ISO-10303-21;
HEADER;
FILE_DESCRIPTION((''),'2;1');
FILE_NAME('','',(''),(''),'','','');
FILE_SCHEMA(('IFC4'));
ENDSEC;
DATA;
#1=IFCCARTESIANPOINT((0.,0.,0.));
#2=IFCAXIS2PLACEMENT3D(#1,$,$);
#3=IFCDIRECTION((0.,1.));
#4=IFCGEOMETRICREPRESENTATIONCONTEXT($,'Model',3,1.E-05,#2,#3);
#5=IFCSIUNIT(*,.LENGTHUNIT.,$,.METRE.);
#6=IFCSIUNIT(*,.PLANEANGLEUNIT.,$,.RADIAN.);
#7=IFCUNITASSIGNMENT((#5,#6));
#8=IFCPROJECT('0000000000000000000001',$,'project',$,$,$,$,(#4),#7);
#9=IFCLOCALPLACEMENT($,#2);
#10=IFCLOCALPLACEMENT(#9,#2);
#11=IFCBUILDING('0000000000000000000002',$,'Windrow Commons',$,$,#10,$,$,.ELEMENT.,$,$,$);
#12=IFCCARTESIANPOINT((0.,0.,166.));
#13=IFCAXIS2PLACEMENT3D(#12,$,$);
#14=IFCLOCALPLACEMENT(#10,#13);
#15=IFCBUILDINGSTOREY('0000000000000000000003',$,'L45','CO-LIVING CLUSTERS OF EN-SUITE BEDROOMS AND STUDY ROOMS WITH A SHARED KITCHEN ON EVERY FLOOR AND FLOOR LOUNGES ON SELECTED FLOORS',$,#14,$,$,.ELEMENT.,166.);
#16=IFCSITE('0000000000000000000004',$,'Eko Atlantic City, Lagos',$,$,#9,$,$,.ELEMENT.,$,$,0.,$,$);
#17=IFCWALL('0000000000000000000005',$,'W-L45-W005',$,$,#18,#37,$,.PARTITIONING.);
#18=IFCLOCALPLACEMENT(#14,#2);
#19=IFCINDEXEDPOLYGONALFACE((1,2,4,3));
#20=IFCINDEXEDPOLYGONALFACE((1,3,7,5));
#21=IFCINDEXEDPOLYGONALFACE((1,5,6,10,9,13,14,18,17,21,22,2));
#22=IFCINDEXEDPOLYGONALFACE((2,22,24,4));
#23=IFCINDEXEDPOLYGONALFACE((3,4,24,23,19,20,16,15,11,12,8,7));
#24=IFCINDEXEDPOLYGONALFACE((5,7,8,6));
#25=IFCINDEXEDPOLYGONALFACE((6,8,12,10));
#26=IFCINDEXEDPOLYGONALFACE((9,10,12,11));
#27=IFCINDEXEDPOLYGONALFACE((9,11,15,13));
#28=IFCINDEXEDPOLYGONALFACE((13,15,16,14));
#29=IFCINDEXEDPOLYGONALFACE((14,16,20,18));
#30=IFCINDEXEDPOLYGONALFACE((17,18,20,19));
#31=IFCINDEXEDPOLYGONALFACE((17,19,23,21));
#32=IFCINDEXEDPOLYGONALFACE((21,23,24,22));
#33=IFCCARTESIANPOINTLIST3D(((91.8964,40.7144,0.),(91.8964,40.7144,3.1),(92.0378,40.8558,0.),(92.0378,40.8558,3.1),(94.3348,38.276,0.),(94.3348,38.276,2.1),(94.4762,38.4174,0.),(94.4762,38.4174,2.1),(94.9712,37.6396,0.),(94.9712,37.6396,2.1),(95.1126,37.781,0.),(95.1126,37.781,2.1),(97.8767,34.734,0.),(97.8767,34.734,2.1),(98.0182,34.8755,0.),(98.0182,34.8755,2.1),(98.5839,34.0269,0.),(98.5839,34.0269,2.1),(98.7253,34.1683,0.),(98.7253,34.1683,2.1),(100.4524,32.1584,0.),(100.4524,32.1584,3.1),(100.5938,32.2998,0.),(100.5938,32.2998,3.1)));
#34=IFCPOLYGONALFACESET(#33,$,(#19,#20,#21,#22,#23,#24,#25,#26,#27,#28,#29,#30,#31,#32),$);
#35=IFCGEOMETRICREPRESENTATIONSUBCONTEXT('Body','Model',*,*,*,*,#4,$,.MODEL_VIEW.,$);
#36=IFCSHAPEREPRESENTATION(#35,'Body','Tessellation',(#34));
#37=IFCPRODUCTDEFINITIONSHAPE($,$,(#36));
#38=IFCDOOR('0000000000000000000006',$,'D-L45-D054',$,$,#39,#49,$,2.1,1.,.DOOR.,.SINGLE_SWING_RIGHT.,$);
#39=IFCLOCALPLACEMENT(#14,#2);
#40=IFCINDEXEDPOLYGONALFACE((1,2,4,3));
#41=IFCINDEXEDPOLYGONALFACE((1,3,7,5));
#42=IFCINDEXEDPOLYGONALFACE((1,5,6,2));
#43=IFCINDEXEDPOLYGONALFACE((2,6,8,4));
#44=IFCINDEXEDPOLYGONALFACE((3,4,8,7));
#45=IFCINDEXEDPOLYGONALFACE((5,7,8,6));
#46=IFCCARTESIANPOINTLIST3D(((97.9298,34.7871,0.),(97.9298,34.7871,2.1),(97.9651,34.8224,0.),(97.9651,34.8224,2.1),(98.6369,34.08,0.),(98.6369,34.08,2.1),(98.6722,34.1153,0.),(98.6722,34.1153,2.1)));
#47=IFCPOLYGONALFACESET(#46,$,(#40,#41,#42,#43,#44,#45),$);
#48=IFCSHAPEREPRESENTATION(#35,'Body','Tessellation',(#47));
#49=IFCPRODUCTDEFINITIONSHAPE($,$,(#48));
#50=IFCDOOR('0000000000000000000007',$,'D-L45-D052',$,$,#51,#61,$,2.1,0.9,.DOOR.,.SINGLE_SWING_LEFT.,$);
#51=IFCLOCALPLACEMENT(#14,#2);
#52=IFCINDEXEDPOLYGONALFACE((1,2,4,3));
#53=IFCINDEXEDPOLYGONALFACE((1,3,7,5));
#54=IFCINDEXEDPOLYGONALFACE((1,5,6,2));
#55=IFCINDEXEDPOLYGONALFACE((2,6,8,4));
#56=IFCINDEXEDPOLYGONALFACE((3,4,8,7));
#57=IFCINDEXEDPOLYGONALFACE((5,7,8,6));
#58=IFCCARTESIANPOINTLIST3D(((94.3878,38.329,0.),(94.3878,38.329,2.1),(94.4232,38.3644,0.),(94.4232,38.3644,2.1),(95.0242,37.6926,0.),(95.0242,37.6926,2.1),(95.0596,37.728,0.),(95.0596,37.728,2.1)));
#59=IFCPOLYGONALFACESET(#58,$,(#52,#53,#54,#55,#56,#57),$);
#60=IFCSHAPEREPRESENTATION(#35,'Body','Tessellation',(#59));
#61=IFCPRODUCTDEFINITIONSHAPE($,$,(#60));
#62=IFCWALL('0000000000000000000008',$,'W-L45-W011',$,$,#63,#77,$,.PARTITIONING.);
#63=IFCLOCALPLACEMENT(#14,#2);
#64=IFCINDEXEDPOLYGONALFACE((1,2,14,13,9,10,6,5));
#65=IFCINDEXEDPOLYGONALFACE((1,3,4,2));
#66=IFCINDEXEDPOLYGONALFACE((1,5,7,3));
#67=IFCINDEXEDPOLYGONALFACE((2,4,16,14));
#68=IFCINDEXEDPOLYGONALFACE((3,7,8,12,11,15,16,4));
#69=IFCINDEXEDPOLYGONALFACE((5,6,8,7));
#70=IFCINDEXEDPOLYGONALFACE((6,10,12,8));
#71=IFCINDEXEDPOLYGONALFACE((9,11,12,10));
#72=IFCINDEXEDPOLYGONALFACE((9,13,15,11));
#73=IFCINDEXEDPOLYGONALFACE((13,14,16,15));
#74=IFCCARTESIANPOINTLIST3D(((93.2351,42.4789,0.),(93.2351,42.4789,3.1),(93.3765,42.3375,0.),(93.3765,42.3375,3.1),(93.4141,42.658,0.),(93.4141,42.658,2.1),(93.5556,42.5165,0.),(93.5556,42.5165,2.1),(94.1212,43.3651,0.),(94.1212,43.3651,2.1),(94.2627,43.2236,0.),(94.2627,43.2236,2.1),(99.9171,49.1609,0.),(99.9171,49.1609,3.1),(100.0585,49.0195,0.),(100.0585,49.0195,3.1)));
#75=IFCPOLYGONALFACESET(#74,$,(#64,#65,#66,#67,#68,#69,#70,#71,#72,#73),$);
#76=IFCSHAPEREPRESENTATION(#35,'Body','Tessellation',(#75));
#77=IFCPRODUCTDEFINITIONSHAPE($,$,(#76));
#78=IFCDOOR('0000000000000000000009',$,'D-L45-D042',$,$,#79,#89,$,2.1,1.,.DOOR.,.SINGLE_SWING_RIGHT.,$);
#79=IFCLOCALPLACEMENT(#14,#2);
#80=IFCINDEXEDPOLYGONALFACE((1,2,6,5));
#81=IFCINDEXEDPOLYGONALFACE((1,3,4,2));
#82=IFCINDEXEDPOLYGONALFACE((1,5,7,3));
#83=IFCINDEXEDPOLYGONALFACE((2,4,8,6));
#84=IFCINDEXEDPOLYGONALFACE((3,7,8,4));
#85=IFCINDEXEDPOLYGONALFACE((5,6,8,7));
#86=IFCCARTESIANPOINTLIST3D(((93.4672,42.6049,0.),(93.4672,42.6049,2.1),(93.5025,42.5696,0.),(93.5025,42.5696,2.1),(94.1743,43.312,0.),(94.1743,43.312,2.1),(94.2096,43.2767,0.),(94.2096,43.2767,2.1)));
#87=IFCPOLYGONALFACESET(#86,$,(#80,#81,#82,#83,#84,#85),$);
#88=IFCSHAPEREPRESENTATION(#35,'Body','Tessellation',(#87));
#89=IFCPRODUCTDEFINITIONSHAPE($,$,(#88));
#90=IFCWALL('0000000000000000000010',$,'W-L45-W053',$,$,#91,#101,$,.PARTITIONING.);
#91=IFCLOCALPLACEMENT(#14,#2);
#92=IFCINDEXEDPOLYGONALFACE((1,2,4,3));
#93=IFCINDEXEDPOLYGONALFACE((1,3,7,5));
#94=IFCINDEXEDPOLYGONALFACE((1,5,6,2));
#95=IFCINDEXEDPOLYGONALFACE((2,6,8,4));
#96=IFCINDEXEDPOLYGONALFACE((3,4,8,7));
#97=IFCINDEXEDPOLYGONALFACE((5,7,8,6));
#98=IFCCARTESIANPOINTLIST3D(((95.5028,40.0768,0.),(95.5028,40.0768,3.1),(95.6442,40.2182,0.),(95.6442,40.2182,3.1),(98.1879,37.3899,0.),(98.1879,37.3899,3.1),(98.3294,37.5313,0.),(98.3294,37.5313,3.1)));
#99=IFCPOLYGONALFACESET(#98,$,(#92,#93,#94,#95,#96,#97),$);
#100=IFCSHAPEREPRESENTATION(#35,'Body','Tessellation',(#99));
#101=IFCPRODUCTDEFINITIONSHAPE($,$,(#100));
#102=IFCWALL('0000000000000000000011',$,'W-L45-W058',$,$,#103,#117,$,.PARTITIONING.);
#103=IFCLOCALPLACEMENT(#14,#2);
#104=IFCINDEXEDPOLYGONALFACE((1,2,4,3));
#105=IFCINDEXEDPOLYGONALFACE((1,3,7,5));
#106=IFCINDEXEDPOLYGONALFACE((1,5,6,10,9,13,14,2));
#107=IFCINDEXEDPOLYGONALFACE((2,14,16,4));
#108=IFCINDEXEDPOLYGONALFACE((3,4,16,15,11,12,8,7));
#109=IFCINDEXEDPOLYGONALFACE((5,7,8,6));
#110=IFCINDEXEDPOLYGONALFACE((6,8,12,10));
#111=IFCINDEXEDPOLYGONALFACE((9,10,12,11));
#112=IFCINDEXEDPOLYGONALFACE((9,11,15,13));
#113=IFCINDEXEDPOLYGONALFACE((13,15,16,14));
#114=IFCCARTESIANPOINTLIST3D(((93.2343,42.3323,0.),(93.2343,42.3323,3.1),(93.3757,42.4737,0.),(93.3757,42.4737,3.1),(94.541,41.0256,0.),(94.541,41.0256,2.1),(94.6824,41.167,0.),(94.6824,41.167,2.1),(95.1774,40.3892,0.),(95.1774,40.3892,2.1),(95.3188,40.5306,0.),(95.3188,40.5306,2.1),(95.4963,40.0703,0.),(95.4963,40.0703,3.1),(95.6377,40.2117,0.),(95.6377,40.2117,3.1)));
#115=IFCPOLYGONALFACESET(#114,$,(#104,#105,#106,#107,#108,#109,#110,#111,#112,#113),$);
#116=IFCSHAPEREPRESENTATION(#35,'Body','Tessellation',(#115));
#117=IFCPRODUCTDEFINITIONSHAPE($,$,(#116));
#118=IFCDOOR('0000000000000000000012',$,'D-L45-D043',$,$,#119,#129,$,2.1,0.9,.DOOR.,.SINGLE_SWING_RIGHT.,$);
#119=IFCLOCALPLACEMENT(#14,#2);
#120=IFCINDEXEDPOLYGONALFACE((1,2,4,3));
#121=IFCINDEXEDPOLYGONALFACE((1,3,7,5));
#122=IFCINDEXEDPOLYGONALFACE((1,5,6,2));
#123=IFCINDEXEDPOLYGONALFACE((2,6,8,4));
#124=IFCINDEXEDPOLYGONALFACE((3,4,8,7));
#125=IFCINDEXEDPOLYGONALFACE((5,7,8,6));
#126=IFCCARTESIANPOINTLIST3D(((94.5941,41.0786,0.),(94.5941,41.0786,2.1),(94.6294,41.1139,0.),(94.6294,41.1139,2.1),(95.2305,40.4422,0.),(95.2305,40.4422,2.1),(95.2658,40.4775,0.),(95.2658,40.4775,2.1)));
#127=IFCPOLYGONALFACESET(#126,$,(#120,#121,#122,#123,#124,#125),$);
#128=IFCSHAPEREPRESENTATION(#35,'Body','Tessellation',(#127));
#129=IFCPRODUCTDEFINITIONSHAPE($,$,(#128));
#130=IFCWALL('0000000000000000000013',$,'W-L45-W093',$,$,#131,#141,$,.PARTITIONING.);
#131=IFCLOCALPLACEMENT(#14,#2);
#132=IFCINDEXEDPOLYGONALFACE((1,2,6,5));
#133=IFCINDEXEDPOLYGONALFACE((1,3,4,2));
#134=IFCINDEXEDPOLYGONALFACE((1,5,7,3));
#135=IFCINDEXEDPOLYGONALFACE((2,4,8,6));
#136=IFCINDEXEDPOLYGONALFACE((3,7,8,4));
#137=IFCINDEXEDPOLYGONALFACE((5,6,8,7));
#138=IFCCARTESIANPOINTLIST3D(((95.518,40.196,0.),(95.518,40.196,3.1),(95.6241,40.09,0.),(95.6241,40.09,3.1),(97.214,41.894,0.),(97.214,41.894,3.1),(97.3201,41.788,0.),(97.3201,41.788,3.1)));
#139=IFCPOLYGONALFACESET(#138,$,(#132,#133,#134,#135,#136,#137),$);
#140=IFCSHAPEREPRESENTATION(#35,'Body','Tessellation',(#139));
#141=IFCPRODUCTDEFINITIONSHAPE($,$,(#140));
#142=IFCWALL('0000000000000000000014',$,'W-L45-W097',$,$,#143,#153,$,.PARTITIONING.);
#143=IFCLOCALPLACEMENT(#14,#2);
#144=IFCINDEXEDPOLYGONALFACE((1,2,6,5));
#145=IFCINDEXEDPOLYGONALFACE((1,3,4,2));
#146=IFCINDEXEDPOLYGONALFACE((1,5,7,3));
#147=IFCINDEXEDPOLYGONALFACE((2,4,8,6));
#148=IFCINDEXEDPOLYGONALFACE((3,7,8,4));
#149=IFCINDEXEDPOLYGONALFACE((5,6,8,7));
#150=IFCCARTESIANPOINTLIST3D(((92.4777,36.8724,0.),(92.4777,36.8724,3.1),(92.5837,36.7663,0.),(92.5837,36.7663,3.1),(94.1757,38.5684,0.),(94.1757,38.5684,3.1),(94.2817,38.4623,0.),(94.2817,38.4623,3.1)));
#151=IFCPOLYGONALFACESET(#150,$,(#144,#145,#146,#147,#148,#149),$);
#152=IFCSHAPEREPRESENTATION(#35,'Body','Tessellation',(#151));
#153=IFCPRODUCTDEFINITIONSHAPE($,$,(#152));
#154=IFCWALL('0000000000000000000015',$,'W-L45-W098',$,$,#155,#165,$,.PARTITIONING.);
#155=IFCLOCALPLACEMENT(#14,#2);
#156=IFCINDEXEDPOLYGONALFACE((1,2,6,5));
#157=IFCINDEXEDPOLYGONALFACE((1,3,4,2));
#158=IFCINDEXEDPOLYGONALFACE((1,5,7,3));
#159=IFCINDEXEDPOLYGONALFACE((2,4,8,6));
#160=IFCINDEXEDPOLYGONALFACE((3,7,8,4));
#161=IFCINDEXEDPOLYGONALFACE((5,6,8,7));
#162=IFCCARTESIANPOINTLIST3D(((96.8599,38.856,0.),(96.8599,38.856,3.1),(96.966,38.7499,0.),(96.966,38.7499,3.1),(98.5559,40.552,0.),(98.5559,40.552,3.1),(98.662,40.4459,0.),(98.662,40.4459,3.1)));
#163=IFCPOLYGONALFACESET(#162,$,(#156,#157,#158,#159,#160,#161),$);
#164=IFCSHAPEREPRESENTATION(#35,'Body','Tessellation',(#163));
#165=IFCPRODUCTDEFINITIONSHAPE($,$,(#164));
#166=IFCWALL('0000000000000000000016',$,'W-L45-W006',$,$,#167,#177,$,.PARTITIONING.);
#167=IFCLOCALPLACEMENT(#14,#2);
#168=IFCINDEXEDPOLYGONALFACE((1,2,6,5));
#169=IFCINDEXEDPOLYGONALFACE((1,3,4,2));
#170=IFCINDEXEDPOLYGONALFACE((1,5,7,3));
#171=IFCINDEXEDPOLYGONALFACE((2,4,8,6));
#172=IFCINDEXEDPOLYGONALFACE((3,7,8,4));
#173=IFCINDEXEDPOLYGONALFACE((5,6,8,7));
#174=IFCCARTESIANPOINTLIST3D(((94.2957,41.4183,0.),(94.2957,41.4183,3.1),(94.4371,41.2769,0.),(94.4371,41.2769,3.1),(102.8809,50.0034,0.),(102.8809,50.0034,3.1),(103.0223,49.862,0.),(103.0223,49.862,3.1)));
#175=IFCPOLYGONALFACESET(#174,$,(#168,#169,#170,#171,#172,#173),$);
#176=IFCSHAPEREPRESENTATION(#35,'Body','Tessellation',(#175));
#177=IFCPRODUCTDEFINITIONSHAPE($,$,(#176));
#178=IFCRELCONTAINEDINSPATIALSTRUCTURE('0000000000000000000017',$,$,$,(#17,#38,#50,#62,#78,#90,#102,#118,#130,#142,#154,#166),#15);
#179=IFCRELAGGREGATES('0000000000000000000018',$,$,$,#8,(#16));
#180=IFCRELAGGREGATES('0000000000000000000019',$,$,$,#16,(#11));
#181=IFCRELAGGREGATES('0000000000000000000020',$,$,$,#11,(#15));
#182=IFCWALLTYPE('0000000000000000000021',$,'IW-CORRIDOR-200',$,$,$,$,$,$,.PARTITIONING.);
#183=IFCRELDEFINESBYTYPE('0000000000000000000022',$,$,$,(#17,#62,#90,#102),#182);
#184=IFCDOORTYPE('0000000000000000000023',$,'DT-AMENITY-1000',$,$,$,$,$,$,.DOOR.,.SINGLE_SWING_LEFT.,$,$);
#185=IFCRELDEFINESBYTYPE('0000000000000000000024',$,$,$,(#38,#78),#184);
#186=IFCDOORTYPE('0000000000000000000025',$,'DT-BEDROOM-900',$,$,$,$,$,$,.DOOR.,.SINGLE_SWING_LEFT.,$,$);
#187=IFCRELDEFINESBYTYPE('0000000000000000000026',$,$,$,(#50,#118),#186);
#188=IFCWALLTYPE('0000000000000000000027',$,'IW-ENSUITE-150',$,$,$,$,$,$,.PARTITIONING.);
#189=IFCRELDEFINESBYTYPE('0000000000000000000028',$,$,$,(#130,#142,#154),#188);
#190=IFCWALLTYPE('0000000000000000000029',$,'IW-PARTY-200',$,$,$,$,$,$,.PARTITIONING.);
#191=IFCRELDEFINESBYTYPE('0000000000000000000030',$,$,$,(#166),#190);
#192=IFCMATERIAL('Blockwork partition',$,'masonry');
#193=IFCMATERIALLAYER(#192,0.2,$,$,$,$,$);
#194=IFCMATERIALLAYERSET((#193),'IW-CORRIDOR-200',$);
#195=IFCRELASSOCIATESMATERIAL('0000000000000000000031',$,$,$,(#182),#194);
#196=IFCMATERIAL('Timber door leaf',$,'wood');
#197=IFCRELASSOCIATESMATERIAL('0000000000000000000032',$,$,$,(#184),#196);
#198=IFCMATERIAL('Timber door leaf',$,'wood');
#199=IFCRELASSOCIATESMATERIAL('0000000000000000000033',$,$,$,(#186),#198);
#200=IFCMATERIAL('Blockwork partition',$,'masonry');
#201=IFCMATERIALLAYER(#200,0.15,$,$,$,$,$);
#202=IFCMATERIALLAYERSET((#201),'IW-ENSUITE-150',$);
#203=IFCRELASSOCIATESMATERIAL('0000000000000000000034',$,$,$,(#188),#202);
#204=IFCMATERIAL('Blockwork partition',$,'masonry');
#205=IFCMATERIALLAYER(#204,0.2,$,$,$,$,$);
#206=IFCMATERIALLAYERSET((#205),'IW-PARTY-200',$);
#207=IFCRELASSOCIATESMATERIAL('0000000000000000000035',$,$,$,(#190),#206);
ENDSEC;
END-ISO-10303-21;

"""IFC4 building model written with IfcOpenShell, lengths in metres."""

from ifc_helpers import new_model, si_unit, direction, frame, frame_2d, origin, place, context, subcontext, project, spatial, rectangle, extrude, material, layer, layer_set, type_object, element, fill, save


model = new_model("IFC4")

# Units and contexts
model_context = context("Model", 3, precision=1e-05, world=origin(), true_north=direction((0.0, 1.0)))
body_context = subcontext(model_context, "Body", "Model", "MODEL_VIEW")
ifc_project = project(units=[si_unit("LENGTHUNIT", "METRE"), si_unit("PLANEANGLEUNIT", "RADIAN")], contexts=[model_context])

# Site, building, storey
site_placement = place(None, origin())
site = spatial("IfcSite", under=ifc_project, at=site_placement, Name="Eko Atlantic City, Lagos", CompositionType="ELEMENT", RefElevation=0.0)
building_placement = place(site_placement, origin())
building = spatial("IfcBuilding", under=site, at=building_placement, Name="Windrow Commons", CompositionType="ELEMENT")
storey_placement = place(building_placement, frame((0.0, 0.0, 166.0)))
storey = spatial("IfcBuildingStorey", under=building, at=storey_placement, Name="L45", Description="CO-LIVING CLUSTERS OF EN-SUITE BEDROOMS AND STUDY ROOMS WITH A SHARED KITCHEN ON EVERY FLOOR AND FLOOR LOUNGES ON SELECTED FLOORS", CompositionType="ELEMENT", Elevation=166.0)

# Wall, openings, doors
ifc_material_1 = material(Name="Blockwork partition", Category="masonry")
ifc_layer_1 = layer(ifc_material_1, 0.2)
ifc_layer_set_1 = layer_set([ifc_layer_1], Name="IW-CORRIDOR-200")
wall_type_1 = type_object("IfcWallType", Name="IW-CORRIDOR-200", PredefinedType="PARTITIONING", material=ifc_layer_set_1)
wall_1_placement = place(storey_placement, frame((91.9671, 40.7851, 0.0), z_axis=(0.0, 0.0, 1.0), x_axis=(0.707107, -0.707107, 0.0)))
wall_1 = element("IfcWall", 1, at=wall_1_placement, inside=storey, type_object=wall_type_1, Name="W-L45-W005", PredefinedType="PARTITIONING", context=body_context, shape_type="SweptSolid", body=[
    extrude(rectangle(XDim=12.1, YDim=0.2, at=frame_2d((6.05, 0.0))), origin(), (0.0, 0.0, 1.0), 3.1),
])
opening_1_placement = place(wall_1_placement, frame((3.4484, 0.0, 0.0)))
opening_1 = element("IfcOpeningElement", 2, at=opening_1_placement, cuts=wall_1, PredefinedType="OPENING", context=body_context, shape_type="SweptSolid", body=[
    extrude(rectangle(XDim=0.9, YDim=2.1, at=frame_2d((0.45, 1.05))), frame((0.0, 0.11, 0.0), z_axis=(0.0, -1.0, 0.0), x_axis=(1.0, 0.0, 0.0)), (0.0, 0.0, 1.0), 0.22),
])
opening_2_placement = place(wall_1_placement, frame((8.4575, 0.0, 0.0)))
opening_2 = element("IfcOpeningElement", 3, at=opening_2_placement, cuts=wall_1, PredefinedType="OPENING", context=body_context, shape_type="SweptSolid", body=[
    extrude(rectangle(XDim=1.0, YDim=2.1, at=frame_2d((0.5, 1.05))), frame((0.0, 0.11, 0.0), z_axis=(0.0, -1.0, 0.0), x_axis=(1.0, 0.0, 0.0)), (0.0, 0.0, 1.0), 0.22),
])
ifc_material_2 = material(Name="Timber door leaf", Category="wood")
door_type_1 = type_object("IfcDoorType", Name="DT-AMENITY-1000", OperationType="SINGLE_SWING_LEFT", PredefinedType="DOOR", material=ifc_material_2)
door_1_placement = place(opening_2_placement, origin())
door_1 = element("IfcDoor", 4, at=door_1_placement, inside=storey, type_object=door_type_1, Name="D-L45-D054", OperationType="SINGLE_SWING_RIGHT", OverallHeight=2.1, OverallWidth=1.0, PredefinedType="DOOR", context=body_context, shape_type="SweptSolid", body=[
    extrude(rectangle(XDim=1.0, YDim=2.1, at=frame_2d((0.5, 1.05))), frame((0.0, 0.025, 0.0), z_axis=(0.0, -1.0, 0.0), x_axis=(1.0, 0.0, 0.0)), (0.0, 0.0, 1.0), 0.05),
])
fill(opening_2, door_1)
ifc_material_3 = material(Name="Timber door leaf", Category="wood")
door_type_2 = type_object("IfcDoorType", Name="DT-BEDROOM-900", OperationType="SINGLE_SWING_LEFT", PredefinedType="DOOR", material=ifc_material_3)
door_2_placement = place(opening_1_placement, origin())
door_2 = element("IfcDoor", 5, at=door_2_placement, inside=storey, type_object=door_type_2, Name="D-L45-D052", OperationType="SINGLE_SWING_LEFT", OverallHeight=2.1, OverallWidth=0.9, PredefinedType="DOOR", context=body_context, shape_type="SweptSolid", body=[
    extrude(rectangle(XDim=0.9, YDim=2.1, at=frame_2d((0.45, 1.05))), frame((0.0, 0.025, 0.0), z_axis=(0.0, -1.0, 0.0), x_axis=(1.0, 0.0, 0.0)), (0.0, 0.0, 1.0), 0.05),
])
fill(opening_1, door_2)

# Wall, opening, door
wall_2_placement = place(storey_placement, frame((93.3058, 42.4082, 0.0), z_axis=(0.0, 0.0, 1.0), x_axis=(0.707107, 0.707107, 0.0)))
wall_2 = element("IfcWall", 6, at=wall_2_placement, inside=storey, type_object=wall_type_1, Name="W-L45-W011", PredefinedType="PARTITIONING", context=body_context, shape_type="SweptSolid", body=[
    extrude(rectangle(XDim=9.4498, YDim=0.2, at=frame_2d((4.7249, 0.0))), origin(), (0.0, 0.0, 1.0), 3.1),
])
opening_3_placement = place(wall_2_placement, frame((0.2532, 0.0, 0.0)))
opening_3 = element("IfcOpeningElement", 7, at=opening_3_placement, cuts=wall_2, PredefinedType="OPENING", context=body_context, shape_type="SweptSolid", body=[
    extrude(rectangle(XDim=1.0, YDim=2.1, at=frame_2d((0.5, 1.05))), frame((0.0, 0.11, 0.0), z_axis=(0.0, -1.0, 0.0), x_axis=(1.0, 0.0, 0.0)), (0.0, 0.0, 1.0), 0.22),
])
door_3_placement = place(opening_3_placement, origin())
door_3 = element("IfcDoor", 8, at=door_3_placement, inside=storey, type_object=door_type_1, Name="D-L45-D042", OperationType="SINGLE_SWING_RIGHT", OverallHeight=2.1, OverallWidth=1.0, PredefinedType="DOOR", context=body_context, shape_type="SweptSolid", body=[
    extrude(rectangle(XDim=1.0, YDim=2.1, at=frame_2d((0.5, 1.05))), frame((0.0, 0.025, 0.0), z_axis=(0.0, -1.0, 0.0), x_axis=(1.0, 0.0, 0.0)), (0.0, 0.0, 1.0), 0.05),
])
fill(opening_3, door_3)

# Wall
wall_3_placement = place(storey_placement, frame((95.5735, 40.1475, 0.0), z_axis=(0.0, 0.0, 1.0), x_axis=(0.70687, -0.707344, 0.0)))
element("IfcWall", 9, at=wall_3_placement, inside=storey, type_object=wall_type_1, Name="W-L45-W053", PredefinedType="PARTITIONING", context=body_context, shape_type="SweptSolid", body=[
    extrude(rectangle(XDim=3.7986, YDim=0.2, at=frame_2d((1.8993, 0.0))), origin(), (0.0, 0.0, 1.0), 3.1),
])

# Wall, opening, door
wall_4_placement = place(storey_placement, frame((93.305, 42.403, 0.0), z_axis=(0.0, 0.0, 1.0), x_axis=(0.707107, -0.707107, 0.0)))
wall_4 = element("IfcWall", 10, at=wall_4_placement, inside=storey, type_object=wall_type_1, Name="W-L45-W058", PredefinedType="PARTITIONING", context=body_context, shape_type="SweptSolid", body=[
    extrude(rectangle(XDim=3.199, YDim=0.2, at=frame_2d((1.5995, 0.0))), origin(), (0.0, 0.0, 1.0), 3.1),
])
opening_4_placement = place(wall_4_placement, frame((1.848, 0.0, 0.0)))
opening_4 = element("IfcOpeningElement", 11, at=opening_4_placement, cuts=wall_4, PredefinedType="OPENING", context=body_context, shape_type="SweptSolid", body=[
    extrude(rectangle(XDim=0.9, YDim=2.1, at=frame_2d((0.45, 1.05))), frame((0.0, 0.11, 0.0), z_axis=(0.0, -1.0, 0.0), x_axis=(1.0, 0.0, 0.0)), (0.0, 0.0, 1.0), 0.22),
])
door_4_placement = place(opening_4_placement, origin())
door_4 = element("IfcDoor", 12, at=door_4_placement, inside=storey, type_object=door_type_2, Name="D-L45-D043", OperationType="SINGLE_SWING_RIGHT", OverallHeight=2.1, OverallWidth=0.9, PredefinedType="DOOR", context=body_context, shape_type="SweptSolid", body=[
    extrude(rectangle(XDim=0.9, YDim=2.1, at=frame_2d((0.45, 1.05))), frame((0.0, 0.025, 0.0), z_axis=(0.0, -1.0, 0.0), x_axis=(1.0, 0.0, 0.0)), (0.0, 0.0, 1.0), 0.05),
])
fill(opening_4, door_4)

# Walls
ifc_material_4 = material(Name="Blockwork partition", Category="masonry")
ifc_layer_2 = layer(ifc_material_4, 0.15)
ifc_layer_set_2 = layer_set([ifc_layer_2], Name="IW-ENSUITE-150")
wall_type_2 = type_object("IfcWallType", Name="IW-ENSUITE-150", PredefinedType="PARTITIONING", material=ifc_layer_set_2)
for number, where, z_axis, x_axis, name in (
    (13, (95.571, 40.143, 0.0), (0.0, 0.0, 1.0), (0.70669, 0.707523, 0.0), "W-L45-W093"),
    (14, (92.5307, 36.8193, 0.0), (0.0, 0.0, 1.0), (0.707523, 0.70669, 0.0), "W-L45-W097"),
):
    element("IfcWall", number, at=place(storey_placement, frame(where, z_axis=z_axis, x_axis=x_axis)), inside=storey, type_object=wall_type_2, Name=name, PredefinedType="PARTITIONING", context=body_context, shape_type="SweptSolid", body=[
        extrude(rectangle(XDim=2.3999, YDim=0.15, at=frame_2d((1.2, 0.0))), origin(), (0.0, 0.0, 1.0), 3.1),
    ])
wall_5_placement = place(storey_placement, frame((96.913, 38.803, 0.0), z_axis=(0.0, 0.0, 1.0), x_axis=(0.707107, 0.707107, 0.0)))
element("IfcWall", 15, at=wall_5_placement, inside=storey, type_object=wall_type_2, Name="W-L45-W098", PredefinedType="PARTITIONING", context=body_context, shape_type="SweptSolid", body=[
    extrude(rectangle(XDim=2.3985, YDim=0.15, at=frame_2d((1.1992, 0.0))), origin(), (0.0, 0.0, 1.0), 3.1),
])
ifc_material_5 = material(Name="Blockwork partition", Category="masonry")
ifc_layer_3 = layer(ifc_material_5, 0.2)
ifc_layer_set_3 = layer_set([ifc_layer_3], Name="IW-PARTY-200")
wall_type_3 = type_object("IfcWallType", Name="IW-PARTY-200", PredefinedType="PARTITIONING", material=ifc_layer_set_3)
wall_6_placement = place(storey_placement, frame((94.3664, 41.3476, 0.0), z_axis=(0.0, 0.0, 1.0), x_axis=(0.707111, 0.707103, 0.0)))
element("IfcWall", 16, at=wall_6_placement, inside=storey, type_object=wall_type_3, Name="W-L45-W006", PredefinedType="PARTITIONING", context=body_context, shape_type="SweptSolid", body=[
    extrude(rectangle(XDim=12.1412, YDim=0.2, at=frame_2d((6.0706, 0.0))), origin(), (0.0, 0.0, 1.0), 3.1),
])

save(model, "model.ifc")
